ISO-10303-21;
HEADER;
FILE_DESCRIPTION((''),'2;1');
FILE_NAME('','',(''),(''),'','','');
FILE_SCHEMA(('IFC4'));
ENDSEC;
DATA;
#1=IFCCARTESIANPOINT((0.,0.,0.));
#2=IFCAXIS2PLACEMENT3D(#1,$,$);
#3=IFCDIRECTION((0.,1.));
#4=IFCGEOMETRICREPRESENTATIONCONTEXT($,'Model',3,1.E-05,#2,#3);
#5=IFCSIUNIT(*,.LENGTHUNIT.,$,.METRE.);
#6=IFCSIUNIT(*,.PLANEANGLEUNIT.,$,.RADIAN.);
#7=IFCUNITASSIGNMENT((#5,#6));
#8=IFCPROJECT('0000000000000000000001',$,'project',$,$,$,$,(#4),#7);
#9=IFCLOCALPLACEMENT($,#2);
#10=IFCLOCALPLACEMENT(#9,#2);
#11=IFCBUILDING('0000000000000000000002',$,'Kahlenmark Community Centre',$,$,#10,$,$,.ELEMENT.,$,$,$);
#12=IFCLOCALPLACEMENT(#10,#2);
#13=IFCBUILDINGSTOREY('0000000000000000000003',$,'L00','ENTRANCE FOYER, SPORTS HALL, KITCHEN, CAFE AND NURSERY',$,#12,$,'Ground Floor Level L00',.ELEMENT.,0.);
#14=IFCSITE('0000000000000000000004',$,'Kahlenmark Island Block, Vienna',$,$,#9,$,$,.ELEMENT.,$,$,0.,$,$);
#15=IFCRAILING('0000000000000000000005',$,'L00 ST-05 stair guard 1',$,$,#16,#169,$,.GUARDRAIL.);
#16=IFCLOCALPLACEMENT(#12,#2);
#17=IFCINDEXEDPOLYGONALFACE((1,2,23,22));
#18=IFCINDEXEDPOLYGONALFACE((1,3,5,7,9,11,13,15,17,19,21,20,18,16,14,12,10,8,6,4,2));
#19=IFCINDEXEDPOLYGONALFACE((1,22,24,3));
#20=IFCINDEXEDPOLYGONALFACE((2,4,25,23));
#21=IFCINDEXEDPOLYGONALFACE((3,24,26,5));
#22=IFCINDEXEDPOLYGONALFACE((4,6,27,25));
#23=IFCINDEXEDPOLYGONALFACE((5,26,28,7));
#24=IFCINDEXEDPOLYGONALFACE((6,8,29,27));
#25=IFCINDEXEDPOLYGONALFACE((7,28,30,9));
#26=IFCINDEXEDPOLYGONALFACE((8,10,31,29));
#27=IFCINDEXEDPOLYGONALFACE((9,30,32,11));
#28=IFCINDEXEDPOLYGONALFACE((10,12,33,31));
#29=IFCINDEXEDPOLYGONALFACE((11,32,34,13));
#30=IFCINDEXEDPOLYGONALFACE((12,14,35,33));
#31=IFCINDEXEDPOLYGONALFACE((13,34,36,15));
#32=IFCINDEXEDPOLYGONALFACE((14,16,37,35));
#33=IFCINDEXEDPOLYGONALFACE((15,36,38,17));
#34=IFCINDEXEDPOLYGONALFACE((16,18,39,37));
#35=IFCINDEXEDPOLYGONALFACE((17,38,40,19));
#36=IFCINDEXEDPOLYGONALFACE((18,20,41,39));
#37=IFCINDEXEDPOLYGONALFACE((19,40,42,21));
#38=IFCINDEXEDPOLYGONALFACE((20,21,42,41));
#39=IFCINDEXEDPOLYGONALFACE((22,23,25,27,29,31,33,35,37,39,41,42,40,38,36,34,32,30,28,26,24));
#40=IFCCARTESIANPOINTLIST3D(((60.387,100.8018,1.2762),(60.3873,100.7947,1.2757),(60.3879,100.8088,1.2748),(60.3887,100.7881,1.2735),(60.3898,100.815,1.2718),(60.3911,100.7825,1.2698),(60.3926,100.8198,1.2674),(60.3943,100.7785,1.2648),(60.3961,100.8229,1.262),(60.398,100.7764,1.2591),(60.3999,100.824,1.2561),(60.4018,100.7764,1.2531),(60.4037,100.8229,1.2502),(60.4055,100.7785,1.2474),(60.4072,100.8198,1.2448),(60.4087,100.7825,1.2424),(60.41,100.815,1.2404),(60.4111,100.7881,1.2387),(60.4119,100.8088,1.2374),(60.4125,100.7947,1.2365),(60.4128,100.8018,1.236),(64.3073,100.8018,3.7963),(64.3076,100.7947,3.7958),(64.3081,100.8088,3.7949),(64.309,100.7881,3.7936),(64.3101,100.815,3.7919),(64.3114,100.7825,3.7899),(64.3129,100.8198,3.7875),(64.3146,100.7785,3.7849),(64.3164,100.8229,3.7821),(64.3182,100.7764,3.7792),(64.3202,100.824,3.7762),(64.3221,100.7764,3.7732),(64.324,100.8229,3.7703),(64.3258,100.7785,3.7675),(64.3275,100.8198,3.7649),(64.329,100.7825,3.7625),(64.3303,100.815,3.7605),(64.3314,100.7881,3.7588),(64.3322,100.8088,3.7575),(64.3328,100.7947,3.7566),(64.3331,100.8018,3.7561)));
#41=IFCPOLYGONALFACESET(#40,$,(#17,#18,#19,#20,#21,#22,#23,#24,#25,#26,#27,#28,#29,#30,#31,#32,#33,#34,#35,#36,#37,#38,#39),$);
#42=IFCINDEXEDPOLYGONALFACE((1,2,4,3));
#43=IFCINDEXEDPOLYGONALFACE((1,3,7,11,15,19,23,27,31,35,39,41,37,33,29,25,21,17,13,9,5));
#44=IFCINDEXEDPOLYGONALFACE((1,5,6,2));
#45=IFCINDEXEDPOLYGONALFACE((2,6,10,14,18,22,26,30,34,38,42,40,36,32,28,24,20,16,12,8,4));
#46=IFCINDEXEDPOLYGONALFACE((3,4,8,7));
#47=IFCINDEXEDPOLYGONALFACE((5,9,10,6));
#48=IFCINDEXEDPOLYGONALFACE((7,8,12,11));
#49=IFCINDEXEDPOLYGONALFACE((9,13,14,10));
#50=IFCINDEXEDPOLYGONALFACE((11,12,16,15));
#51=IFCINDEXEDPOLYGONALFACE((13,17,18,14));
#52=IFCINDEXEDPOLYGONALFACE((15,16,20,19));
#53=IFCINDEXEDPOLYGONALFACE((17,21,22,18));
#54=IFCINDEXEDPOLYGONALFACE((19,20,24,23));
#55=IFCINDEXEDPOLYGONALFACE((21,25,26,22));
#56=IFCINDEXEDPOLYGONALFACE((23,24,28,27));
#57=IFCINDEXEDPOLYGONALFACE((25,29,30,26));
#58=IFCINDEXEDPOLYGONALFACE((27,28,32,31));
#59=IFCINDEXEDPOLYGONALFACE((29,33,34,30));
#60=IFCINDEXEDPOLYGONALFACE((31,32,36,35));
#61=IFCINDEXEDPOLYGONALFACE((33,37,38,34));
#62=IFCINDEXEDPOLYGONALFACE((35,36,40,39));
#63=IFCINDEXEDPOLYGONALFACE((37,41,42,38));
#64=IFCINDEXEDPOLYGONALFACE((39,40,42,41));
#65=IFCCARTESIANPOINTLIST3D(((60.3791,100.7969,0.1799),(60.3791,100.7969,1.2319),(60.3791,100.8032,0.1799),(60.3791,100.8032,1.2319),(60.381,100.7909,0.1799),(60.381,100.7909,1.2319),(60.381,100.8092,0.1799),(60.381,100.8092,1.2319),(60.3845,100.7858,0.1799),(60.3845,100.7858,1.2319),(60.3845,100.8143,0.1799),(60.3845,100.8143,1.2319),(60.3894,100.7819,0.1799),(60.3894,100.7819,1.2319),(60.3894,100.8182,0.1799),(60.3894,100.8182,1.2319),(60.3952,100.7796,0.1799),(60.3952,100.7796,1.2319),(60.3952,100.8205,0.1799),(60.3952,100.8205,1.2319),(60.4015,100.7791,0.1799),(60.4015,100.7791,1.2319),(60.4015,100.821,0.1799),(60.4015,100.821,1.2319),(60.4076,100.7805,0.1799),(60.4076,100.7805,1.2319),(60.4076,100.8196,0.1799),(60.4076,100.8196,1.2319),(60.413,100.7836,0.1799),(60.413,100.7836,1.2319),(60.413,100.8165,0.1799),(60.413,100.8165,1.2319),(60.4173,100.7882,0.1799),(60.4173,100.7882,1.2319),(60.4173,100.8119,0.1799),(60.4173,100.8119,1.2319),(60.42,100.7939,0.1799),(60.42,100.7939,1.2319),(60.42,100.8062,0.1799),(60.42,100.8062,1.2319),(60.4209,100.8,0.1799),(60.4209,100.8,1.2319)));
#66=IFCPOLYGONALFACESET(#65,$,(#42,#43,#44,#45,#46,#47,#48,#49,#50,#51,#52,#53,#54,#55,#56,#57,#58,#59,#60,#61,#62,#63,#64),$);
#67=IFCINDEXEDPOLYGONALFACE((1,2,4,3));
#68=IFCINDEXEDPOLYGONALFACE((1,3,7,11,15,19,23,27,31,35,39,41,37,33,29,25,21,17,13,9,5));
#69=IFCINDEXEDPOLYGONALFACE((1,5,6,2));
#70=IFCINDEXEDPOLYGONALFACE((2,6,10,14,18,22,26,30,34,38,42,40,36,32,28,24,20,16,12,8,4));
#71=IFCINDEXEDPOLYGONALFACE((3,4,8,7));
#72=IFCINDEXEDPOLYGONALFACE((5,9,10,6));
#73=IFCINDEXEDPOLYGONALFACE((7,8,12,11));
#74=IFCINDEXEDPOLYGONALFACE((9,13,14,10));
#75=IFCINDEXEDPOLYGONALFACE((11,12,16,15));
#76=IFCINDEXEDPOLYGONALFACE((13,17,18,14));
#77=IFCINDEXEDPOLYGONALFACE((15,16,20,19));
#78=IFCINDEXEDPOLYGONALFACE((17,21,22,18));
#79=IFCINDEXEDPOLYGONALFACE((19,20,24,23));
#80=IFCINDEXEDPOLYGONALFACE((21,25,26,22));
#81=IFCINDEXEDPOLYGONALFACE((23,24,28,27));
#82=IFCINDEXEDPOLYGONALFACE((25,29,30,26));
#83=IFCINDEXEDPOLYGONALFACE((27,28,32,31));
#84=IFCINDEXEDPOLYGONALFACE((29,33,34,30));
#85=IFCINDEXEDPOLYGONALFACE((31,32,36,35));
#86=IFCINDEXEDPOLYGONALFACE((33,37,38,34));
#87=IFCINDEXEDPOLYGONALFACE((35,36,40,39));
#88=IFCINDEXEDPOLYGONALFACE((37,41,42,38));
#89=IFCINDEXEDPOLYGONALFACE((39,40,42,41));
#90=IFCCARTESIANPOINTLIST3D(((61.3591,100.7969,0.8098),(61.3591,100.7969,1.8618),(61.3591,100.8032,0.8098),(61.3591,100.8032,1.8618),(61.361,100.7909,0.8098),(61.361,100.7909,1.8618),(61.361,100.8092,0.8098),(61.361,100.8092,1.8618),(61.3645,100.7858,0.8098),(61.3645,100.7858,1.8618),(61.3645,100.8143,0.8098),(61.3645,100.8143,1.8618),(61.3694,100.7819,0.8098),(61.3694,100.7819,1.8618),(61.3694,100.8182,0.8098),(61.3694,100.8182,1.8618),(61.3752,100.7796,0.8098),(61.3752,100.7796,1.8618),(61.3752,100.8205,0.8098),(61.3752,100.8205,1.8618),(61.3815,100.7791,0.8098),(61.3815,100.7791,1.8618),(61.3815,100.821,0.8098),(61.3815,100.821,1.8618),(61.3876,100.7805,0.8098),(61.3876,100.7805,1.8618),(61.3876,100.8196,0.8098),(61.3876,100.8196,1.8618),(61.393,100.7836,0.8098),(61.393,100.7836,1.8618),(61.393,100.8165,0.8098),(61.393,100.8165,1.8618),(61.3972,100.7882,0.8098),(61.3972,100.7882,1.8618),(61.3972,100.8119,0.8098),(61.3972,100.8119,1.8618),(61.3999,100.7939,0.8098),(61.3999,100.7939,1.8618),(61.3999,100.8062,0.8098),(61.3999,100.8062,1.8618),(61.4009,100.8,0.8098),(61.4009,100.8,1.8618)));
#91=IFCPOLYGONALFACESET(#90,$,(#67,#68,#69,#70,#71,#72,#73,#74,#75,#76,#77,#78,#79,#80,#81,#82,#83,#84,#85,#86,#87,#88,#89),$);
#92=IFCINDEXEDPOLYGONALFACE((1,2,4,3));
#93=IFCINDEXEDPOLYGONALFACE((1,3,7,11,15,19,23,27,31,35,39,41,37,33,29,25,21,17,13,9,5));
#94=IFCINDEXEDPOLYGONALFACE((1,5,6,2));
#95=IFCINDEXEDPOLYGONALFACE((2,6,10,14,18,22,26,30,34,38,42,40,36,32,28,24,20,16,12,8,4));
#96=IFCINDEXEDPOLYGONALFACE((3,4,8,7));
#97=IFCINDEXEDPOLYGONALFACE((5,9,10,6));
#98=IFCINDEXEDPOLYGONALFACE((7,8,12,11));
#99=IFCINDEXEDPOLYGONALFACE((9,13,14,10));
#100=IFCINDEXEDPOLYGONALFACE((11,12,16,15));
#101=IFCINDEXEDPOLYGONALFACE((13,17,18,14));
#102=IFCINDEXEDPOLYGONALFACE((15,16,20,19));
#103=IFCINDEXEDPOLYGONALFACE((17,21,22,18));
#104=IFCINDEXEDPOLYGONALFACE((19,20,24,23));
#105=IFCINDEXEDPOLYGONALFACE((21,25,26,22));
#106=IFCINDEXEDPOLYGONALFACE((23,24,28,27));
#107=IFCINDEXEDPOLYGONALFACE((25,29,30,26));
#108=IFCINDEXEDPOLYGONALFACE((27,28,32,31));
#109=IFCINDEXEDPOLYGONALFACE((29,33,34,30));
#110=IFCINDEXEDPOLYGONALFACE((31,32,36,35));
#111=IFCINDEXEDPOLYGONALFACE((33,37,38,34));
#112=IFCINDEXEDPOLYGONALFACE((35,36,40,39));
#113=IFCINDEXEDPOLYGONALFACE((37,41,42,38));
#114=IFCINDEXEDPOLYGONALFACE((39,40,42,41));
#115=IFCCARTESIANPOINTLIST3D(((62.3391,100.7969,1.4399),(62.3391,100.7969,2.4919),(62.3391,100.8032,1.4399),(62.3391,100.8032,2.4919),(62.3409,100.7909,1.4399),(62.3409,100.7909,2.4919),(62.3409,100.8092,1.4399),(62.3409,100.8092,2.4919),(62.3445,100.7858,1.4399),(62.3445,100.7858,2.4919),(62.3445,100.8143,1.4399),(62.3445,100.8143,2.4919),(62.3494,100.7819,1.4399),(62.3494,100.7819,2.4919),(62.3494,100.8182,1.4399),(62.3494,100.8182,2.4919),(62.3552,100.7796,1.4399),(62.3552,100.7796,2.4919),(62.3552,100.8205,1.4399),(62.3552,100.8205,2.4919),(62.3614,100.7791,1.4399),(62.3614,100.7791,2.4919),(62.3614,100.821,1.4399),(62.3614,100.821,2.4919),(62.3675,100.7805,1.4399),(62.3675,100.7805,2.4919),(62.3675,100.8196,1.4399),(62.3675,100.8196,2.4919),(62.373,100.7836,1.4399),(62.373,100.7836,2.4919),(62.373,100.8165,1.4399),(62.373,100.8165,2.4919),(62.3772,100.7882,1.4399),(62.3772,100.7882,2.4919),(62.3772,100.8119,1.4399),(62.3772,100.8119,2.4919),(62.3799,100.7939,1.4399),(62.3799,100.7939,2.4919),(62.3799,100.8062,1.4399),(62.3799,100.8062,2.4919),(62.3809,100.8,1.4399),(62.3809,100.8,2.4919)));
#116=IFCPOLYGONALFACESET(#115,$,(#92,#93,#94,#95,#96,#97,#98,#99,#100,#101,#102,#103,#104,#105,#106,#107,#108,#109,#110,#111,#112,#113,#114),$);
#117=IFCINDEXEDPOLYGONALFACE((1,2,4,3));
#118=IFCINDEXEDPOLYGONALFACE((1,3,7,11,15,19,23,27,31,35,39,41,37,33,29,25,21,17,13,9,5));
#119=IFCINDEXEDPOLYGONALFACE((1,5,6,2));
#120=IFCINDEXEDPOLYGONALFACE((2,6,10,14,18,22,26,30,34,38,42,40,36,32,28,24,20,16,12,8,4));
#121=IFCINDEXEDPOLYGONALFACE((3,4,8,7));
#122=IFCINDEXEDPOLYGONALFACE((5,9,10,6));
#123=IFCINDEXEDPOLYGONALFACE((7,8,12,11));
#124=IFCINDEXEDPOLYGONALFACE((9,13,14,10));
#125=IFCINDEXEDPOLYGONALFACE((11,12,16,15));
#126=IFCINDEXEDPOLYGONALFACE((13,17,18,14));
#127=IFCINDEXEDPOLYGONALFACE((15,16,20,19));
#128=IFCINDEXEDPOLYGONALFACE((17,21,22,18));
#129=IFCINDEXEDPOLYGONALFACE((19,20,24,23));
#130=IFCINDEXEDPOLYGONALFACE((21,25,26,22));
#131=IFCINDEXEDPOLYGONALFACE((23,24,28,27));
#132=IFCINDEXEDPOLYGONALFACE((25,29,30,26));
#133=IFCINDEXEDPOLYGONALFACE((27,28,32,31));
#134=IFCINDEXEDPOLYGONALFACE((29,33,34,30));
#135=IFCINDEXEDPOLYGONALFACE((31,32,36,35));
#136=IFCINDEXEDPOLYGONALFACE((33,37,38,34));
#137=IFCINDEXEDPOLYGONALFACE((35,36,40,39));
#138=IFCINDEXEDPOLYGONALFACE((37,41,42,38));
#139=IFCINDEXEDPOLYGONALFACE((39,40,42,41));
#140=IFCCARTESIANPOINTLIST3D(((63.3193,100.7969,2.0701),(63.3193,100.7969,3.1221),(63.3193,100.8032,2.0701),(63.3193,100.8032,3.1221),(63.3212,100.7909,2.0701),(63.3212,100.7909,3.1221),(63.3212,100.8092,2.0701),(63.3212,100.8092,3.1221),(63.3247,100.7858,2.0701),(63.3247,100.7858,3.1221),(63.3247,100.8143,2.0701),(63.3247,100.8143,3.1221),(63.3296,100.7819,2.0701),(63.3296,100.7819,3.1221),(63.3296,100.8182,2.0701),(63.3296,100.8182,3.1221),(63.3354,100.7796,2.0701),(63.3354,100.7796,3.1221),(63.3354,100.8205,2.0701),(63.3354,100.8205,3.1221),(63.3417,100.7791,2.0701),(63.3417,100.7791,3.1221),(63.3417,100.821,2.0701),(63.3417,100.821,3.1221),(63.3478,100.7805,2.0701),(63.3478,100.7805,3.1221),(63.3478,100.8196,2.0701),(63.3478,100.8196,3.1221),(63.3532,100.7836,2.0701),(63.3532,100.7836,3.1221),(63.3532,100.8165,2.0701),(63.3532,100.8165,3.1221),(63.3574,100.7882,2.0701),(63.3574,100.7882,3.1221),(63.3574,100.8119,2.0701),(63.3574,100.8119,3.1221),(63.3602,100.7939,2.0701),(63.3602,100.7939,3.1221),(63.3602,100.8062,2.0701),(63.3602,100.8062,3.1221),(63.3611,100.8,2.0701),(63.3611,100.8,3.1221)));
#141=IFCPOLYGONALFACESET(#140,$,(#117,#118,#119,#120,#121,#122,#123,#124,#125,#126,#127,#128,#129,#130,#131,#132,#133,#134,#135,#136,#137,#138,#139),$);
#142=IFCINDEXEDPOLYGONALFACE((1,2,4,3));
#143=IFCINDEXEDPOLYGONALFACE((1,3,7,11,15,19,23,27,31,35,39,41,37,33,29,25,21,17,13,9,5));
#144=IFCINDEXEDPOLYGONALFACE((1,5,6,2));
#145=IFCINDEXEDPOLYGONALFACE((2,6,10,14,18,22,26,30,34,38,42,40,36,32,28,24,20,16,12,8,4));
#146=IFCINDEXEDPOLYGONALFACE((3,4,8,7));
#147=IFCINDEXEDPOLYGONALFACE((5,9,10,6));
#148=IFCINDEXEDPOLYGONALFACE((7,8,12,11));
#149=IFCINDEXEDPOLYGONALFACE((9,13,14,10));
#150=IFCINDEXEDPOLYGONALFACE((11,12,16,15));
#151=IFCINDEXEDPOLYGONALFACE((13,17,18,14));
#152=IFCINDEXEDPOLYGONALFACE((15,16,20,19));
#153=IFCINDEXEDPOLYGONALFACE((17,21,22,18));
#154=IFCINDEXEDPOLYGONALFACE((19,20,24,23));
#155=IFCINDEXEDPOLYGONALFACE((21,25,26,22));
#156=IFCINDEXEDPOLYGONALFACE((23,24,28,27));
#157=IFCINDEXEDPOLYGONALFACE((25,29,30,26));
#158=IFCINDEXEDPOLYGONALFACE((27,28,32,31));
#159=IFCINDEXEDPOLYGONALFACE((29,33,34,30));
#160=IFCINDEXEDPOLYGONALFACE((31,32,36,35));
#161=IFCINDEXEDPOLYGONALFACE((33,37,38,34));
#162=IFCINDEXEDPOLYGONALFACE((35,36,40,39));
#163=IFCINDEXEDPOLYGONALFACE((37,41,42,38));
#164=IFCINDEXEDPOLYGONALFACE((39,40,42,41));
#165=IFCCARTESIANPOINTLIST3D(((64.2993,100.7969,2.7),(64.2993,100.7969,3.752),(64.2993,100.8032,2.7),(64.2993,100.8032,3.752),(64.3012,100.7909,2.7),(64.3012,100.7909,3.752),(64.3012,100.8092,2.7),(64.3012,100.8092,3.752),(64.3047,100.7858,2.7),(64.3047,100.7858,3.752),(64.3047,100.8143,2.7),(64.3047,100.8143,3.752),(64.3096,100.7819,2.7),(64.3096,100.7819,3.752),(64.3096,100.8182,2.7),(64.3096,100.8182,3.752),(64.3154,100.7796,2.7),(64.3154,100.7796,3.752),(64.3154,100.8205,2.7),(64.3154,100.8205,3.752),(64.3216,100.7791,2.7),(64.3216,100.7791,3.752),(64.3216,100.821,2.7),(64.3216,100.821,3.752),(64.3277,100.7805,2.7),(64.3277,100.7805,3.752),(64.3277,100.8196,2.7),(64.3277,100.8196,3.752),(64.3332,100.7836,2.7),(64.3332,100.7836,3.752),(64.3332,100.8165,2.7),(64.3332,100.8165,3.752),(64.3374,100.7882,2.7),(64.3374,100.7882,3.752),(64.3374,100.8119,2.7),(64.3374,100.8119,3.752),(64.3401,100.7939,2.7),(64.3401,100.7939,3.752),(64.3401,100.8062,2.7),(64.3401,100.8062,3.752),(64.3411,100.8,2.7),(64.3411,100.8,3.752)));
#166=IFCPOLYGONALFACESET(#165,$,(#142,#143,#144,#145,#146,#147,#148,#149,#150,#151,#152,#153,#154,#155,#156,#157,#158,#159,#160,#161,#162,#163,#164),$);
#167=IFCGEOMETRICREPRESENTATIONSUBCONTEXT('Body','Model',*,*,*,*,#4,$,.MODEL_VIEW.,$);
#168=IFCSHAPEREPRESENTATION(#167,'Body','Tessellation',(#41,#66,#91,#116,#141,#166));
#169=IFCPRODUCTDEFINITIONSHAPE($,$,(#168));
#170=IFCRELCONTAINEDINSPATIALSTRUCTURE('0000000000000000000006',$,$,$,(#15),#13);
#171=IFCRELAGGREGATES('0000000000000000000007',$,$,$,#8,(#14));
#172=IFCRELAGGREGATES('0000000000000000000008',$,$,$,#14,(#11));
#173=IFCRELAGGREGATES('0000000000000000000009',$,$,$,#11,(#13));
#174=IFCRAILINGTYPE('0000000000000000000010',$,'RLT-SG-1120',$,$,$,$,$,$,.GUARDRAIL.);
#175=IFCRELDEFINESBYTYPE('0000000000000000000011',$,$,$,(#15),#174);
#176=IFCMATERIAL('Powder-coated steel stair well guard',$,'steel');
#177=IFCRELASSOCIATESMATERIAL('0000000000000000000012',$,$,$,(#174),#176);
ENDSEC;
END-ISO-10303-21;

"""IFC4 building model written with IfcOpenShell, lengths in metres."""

from ifc_helpers import new_model, si_unit, direction, frame, origin, origin_2d, place, context, subcontext, project, spatial, circle, extrude, material, type_object, element, save


model = new_model("IFC4")

# Units and contexts
model_context = context("Model", 3, precision=1e-05, world=origin(), true_north=direction((0.0, 1.0)))
body_context = subcontext(model_context, "Body", "Model", "MODEL_VIEW")
ifc_project = project(units=[si_unit("LENGTHUNIT", "METRE"), si_unit("PLANEANGLEUNIT", "RADIAN")], contexts=[model_context])

# Site, building, storey
site_placement = place(None, origin())
site = spatial("IfcSite", under=ifc_project, at=site_placement, Name="Kahlenmark Island Block, Vienna", CompositionType="ELEMENT", RefElevation=0.0)
building_placement = place(site_placement, origin())
building = spatial("IfcBuilding", under=site, at=building_placement, Name="Kahlenmark Community Centre", CompositionType="ELEMENT")
storey_placement = place(building_placement, origin())
storey = spatial("IfcBuildingStorey", under=building, at=storey_placement, Name="L00", Description="ENTRANCE FOYER, SPORTS HALL, KITCHEN, CAFE AND NURSERY", LongName="Ground Floor Level L00", CompositionType="ELEMENT", Elevation=0.0)

# Railing
ifc_material_1 = material(Name="Powder-coated steel stair well guard", Category="steel")
railing_type_1 = type_object("IfcRailingType", Name="RLT-SG-1120", PredefinedType="GUARDRAIL", material=ifc_material_1)
railing_1_placement = place(storey_placement, frame((60.3999, 100.8, 0.1799)))
element("IfcRailing", 1, at=railing_1_placement, inside=storey, type_object=railing_type_1, Name="L00 ST-05 stair guard 1", PredefinedType="GUARDRAIL", context=body_context, shape_type="SweptSolid", body=[
    extrude(circle(Radius=0.0239, at=origin_2d()), frame((0.0, 0.0, 1.0762), z_axis=(0.841187, 0.0, 0.540744), x_axis=(0.0, 1.0, 0.0)), (0.0, 0.0, 1.0), 4.6604),
    extrude(circle(Radius=0.021, at=origin_2d()), origin(), (0.0, 0.0, 1.0), 1.052),
    extrude(circle(Radius=0.021, at=origin_2d()), frame((0.98, 0.0, 0.6299)), (0.0, 0.0, 1.0), 1.052),
    extrude(circle(Radius=0.021, at=origin_2d()), frame((1.96, 0.0, 1.26)), (0.0, 0.0, 1.0), 1.052),
    extrude(circle(Radius=0.021, at=origin_2d()), frame((2.9402, 0.0, 1.8901)), (0.0, 0.0, 1.0), 1.052),
    extrude(circle(Radius=0.021, at=origin_2d()), frame((3.9202, 0.0, 2.52)), (0.0, 0.0, 1.0), 1.052),
])

save(model, "model.ifc")
